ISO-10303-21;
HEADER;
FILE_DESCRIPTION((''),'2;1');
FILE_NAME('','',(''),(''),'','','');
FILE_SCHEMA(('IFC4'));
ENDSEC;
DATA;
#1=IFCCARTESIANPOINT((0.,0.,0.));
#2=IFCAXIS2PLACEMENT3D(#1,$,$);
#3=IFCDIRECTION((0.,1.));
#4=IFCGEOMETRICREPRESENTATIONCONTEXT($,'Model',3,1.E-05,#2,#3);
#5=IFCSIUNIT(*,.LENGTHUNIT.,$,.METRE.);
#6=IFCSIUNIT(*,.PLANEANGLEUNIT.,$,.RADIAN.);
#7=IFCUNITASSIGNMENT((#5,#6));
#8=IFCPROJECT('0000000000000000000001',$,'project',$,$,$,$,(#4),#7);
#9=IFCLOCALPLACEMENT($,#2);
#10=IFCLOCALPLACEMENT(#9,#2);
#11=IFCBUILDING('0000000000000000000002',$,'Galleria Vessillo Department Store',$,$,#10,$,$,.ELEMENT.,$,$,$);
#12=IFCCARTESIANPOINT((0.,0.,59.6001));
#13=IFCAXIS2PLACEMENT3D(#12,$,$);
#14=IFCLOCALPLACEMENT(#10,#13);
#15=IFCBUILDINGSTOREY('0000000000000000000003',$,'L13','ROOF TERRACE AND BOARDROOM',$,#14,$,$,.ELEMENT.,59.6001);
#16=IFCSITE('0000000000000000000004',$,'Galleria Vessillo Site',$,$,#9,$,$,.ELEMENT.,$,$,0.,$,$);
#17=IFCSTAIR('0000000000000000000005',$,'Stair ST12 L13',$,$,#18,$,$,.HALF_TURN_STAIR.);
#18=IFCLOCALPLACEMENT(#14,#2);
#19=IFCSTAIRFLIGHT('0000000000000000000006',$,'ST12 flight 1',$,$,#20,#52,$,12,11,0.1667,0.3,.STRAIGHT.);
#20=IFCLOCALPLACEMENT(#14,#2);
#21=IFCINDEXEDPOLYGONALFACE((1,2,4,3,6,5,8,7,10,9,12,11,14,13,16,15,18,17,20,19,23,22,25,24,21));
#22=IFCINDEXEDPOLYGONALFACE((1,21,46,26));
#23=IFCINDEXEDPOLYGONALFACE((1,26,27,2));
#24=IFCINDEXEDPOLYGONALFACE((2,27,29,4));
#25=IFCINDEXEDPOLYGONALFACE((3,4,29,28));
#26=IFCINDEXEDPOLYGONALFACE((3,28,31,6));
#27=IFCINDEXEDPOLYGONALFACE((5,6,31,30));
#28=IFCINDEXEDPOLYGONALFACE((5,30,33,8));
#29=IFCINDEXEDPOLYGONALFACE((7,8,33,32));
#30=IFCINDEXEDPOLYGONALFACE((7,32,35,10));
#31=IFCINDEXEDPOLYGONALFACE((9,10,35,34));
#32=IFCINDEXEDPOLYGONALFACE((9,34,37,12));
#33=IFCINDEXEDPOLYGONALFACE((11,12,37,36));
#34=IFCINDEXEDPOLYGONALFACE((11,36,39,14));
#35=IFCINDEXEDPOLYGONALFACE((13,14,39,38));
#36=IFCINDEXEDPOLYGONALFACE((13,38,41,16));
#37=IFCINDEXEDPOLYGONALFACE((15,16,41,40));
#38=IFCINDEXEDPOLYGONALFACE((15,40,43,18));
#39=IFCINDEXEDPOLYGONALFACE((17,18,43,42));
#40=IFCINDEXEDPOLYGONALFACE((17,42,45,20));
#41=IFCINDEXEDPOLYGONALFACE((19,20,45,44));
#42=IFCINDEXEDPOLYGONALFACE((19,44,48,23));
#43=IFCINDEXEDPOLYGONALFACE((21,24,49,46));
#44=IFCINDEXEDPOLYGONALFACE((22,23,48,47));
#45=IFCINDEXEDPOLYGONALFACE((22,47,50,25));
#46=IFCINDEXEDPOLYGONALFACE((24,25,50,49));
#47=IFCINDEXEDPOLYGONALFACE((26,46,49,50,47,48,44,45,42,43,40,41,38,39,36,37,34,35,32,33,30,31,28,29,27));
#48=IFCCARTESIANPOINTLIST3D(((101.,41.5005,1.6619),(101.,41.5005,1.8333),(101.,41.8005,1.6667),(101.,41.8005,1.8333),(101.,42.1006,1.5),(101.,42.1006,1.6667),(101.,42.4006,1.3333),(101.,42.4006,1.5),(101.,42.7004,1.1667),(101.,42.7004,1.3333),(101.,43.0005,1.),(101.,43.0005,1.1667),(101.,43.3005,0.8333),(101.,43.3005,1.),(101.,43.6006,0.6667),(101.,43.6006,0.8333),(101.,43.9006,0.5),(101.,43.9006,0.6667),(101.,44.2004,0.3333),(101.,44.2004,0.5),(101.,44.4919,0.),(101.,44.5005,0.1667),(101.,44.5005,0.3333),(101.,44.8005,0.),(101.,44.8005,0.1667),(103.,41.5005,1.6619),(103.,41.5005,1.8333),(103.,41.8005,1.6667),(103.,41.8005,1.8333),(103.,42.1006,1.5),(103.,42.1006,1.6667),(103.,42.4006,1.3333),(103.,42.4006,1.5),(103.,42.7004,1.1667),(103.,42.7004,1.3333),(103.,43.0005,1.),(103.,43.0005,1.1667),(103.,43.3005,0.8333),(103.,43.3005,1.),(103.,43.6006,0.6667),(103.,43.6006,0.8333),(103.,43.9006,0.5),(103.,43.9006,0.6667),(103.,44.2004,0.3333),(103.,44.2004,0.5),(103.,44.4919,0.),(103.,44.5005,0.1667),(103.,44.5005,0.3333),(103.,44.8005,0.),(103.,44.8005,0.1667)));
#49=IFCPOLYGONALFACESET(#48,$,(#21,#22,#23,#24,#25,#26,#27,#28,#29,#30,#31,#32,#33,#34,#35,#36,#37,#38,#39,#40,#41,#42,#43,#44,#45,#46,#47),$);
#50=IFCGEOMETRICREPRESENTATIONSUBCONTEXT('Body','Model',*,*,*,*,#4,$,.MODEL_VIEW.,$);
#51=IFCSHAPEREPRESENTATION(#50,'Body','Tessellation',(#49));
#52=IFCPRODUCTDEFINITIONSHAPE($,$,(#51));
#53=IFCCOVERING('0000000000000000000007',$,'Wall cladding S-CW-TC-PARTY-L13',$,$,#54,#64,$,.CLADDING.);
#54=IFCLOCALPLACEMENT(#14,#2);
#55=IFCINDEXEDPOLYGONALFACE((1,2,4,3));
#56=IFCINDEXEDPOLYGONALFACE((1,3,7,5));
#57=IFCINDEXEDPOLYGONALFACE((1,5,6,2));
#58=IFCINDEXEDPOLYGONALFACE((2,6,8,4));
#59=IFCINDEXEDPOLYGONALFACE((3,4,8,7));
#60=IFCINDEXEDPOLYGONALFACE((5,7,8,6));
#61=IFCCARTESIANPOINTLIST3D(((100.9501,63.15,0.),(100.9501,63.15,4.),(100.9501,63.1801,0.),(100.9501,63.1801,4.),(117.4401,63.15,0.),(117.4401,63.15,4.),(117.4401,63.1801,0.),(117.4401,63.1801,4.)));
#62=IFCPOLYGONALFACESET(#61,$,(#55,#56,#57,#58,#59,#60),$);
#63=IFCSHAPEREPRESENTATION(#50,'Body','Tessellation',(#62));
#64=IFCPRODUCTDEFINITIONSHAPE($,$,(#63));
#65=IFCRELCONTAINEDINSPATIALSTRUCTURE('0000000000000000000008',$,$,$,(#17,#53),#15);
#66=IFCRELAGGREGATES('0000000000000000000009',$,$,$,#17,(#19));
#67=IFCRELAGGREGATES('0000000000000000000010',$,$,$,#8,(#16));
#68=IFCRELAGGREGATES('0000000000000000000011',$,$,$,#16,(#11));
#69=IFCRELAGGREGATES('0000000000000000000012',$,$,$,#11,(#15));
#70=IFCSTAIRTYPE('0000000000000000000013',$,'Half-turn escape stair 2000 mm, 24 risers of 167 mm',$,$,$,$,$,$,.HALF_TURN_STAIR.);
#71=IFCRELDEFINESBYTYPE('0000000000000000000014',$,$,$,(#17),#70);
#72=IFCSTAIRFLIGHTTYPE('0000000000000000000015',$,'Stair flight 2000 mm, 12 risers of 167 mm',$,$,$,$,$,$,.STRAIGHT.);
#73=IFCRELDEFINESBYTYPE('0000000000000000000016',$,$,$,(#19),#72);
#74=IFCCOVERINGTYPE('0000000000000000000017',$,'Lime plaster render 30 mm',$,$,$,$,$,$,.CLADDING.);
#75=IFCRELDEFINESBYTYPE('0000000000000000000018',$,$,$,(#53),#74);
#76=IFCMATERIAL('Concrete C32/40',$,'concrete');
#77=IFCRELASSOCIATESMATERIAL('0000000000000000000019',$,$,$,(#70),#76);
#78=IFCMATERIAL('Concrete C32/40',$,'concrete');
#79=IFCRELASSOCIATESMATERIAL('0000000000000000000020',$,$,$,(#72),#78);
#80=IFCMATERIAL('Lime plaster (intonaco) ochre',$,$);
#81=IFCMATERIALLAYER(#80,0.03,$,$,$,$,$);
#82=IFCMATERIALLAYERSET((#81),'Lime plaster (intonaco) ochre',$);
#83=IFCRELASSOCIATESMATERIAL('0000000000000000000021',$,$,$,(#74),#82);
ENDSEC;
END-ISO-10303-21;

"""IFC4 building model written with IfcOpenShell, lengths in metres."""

from ifc_helpers import new_model, si_unit, direction, frame, origin, origin_2d, place, context, subcontext, project, spatial, polyline, rectangle, outline, extrude, material, layer, layer_set, type_object, element, aggregate, save


model = new_model("IFC4")

# Units and contexts
model_context = context("Model", 3, precision=1e-05, world=origin(), true_north=direction((0.0, 1.0)))
body_context = subcontext(model_context, "Body", "Model", "MODEL_VIEW")
ifc_project = project(units=[si_unit("LENGTHUNIT", "METRE"), si_unit("PLANEANGLEUNIT", "RADIAN")], contexts=[model_context])

# Site, building, storey
site_placement = place(None, origin())
site = spatial("IfcSite", under=ifc_project, at=site_placement, Name="Galleria Vessillo Site", CompositionType="ELEMENT", RefElevation=0.0)
building_placement = place(site_placement, origin())
building = spatial("IfcBuilding", under=site, at=building_placement, Name="Galleria Vessillo Department Store", CompositionType="ELEMENT")
storey_placement = place(building_placement, frame((0.0, 0.0, 59.6001)))
storey = spatial("IfcBuildingStorey", under=building, at=storey_placement, Name="L13", Description="ROOF TERRACE AND BOARDROOM", CompositionType="ELEMENT", Elevation=59.6001)

# Shared definitions
ifc_material_1 = material(Name="Concrete C32/40", Category="concrete")
stair_type = type_object("IfcStairType", Name="Half-turn escape stair 2000 mm, 24 risers of 167 mm", PredefinedType="HALF_TURN_STAIR", material=ifc_material_1)
ifc_material_2 = material(Name="Concrete C32/40", Category="concrete")
stair_flight_type = type_object("IfcStairFlightType", Name="Stair flight 2000 mm, 12 risers of 167 mm", PredefinedType="STRAIGHT", material=ifc_material_2)

# Stair, stair flight
stair_1_placement = place(storey_placement, origin())
stair_1 = element("IfcStair", 1, at=stair_1_placement, inside=storey, type_object=stair_type, Name="Stair ST12 L13", PredefinedType="HALF_TURN_STAIR")
stair_flight_1_placement = place(storey_placement, frame((102.0, 44.8005, 0.0), z_axis=(0.0, 0.0, 1.0), x_axis=(0.0, -1.0, 0.0)))
stair_flight_1 = element("IfcStairFlight", 2, at=stair_flight_1_placement, type_object=stair_flight_type, Name="ST12 flight 1", NumberOfRisers=12, NumberOfTreads=11, PredefinedType="STRAIGHT", RiserHeight=0.1667, TreadLength=0.3, context=body_context, shape_type="SweptSolid", body=[
    extrude(outline(polyline([(0.0, 0.0), (0.0, 0.1667), (0.3, 0.1667), (0.3, 0.3333), (0.6001, 0.3333), (0.6001, 0.5), (0.8999, 0.5), (0.8999, 0.6667), (1.2, 0.6667), (1.2, 0.8333), (1.5, 0.8333), (1.5, 1.0), (1.8, 1.0), (1.8, 1.1667), (2.1001, 1.1667), (2.1001, 1.3333), (2.3999, 1.3333), (2.3999, 1.5), (2.7, 1.5), (2.7, 1.6667), (3.0, 1.6667), (3.0, 1.8333), (3.3, 1.8333), (3.3, 2.0), (3.3, 1.6619), (0.3086, 0.0), (0.0, 0.0)])), frame((0.0, 1.0, 0.0), z_axis=(0.0, -1.0, 0.0), x_axis=(1.0, 0.0, 0.0)), (0.0, 0.0, 1.0), 2.0),
])
aggregate(stair_1, [stair_flight_1])

# Covering
ifc_material_3 = material(Name="Lime plaster (intonaco) ochre")
ifc_layer_1 = layer(ifc_material_3, 0.03)
ifc_layer_set_1 = layer_set([ifc_layer_1], Name="Lime plaster (intonaco) ochre")
covering_type = type_object("IfcCoveringType", Name="Lime plaster render 30 mm", PredefinedType="CLADDING", material=ifc_layer_set_1)
covering_placement = place(storey_placement, frame((109.1951, 63.165, 0.0), z_axis=(0.0, 0.0, 1.0), x_axis=(1.0, 0.0, 0.0)))
element("IfcCovering", 3, at=covering_placement, inside=storey, type_object=covering_type, Name="Wall cladding S-CW-TC-PARTY-L13", PredefinedType="CLADDING", context=body_context, shape_type="SweptSolid", body=[
    extrude(rectangle(XDim=16.49, YDim=0.03, at=origin_2d()), origin(), (0.0, 0.0, 1.0), 4.0),
])

save(model, "model.ifc")
